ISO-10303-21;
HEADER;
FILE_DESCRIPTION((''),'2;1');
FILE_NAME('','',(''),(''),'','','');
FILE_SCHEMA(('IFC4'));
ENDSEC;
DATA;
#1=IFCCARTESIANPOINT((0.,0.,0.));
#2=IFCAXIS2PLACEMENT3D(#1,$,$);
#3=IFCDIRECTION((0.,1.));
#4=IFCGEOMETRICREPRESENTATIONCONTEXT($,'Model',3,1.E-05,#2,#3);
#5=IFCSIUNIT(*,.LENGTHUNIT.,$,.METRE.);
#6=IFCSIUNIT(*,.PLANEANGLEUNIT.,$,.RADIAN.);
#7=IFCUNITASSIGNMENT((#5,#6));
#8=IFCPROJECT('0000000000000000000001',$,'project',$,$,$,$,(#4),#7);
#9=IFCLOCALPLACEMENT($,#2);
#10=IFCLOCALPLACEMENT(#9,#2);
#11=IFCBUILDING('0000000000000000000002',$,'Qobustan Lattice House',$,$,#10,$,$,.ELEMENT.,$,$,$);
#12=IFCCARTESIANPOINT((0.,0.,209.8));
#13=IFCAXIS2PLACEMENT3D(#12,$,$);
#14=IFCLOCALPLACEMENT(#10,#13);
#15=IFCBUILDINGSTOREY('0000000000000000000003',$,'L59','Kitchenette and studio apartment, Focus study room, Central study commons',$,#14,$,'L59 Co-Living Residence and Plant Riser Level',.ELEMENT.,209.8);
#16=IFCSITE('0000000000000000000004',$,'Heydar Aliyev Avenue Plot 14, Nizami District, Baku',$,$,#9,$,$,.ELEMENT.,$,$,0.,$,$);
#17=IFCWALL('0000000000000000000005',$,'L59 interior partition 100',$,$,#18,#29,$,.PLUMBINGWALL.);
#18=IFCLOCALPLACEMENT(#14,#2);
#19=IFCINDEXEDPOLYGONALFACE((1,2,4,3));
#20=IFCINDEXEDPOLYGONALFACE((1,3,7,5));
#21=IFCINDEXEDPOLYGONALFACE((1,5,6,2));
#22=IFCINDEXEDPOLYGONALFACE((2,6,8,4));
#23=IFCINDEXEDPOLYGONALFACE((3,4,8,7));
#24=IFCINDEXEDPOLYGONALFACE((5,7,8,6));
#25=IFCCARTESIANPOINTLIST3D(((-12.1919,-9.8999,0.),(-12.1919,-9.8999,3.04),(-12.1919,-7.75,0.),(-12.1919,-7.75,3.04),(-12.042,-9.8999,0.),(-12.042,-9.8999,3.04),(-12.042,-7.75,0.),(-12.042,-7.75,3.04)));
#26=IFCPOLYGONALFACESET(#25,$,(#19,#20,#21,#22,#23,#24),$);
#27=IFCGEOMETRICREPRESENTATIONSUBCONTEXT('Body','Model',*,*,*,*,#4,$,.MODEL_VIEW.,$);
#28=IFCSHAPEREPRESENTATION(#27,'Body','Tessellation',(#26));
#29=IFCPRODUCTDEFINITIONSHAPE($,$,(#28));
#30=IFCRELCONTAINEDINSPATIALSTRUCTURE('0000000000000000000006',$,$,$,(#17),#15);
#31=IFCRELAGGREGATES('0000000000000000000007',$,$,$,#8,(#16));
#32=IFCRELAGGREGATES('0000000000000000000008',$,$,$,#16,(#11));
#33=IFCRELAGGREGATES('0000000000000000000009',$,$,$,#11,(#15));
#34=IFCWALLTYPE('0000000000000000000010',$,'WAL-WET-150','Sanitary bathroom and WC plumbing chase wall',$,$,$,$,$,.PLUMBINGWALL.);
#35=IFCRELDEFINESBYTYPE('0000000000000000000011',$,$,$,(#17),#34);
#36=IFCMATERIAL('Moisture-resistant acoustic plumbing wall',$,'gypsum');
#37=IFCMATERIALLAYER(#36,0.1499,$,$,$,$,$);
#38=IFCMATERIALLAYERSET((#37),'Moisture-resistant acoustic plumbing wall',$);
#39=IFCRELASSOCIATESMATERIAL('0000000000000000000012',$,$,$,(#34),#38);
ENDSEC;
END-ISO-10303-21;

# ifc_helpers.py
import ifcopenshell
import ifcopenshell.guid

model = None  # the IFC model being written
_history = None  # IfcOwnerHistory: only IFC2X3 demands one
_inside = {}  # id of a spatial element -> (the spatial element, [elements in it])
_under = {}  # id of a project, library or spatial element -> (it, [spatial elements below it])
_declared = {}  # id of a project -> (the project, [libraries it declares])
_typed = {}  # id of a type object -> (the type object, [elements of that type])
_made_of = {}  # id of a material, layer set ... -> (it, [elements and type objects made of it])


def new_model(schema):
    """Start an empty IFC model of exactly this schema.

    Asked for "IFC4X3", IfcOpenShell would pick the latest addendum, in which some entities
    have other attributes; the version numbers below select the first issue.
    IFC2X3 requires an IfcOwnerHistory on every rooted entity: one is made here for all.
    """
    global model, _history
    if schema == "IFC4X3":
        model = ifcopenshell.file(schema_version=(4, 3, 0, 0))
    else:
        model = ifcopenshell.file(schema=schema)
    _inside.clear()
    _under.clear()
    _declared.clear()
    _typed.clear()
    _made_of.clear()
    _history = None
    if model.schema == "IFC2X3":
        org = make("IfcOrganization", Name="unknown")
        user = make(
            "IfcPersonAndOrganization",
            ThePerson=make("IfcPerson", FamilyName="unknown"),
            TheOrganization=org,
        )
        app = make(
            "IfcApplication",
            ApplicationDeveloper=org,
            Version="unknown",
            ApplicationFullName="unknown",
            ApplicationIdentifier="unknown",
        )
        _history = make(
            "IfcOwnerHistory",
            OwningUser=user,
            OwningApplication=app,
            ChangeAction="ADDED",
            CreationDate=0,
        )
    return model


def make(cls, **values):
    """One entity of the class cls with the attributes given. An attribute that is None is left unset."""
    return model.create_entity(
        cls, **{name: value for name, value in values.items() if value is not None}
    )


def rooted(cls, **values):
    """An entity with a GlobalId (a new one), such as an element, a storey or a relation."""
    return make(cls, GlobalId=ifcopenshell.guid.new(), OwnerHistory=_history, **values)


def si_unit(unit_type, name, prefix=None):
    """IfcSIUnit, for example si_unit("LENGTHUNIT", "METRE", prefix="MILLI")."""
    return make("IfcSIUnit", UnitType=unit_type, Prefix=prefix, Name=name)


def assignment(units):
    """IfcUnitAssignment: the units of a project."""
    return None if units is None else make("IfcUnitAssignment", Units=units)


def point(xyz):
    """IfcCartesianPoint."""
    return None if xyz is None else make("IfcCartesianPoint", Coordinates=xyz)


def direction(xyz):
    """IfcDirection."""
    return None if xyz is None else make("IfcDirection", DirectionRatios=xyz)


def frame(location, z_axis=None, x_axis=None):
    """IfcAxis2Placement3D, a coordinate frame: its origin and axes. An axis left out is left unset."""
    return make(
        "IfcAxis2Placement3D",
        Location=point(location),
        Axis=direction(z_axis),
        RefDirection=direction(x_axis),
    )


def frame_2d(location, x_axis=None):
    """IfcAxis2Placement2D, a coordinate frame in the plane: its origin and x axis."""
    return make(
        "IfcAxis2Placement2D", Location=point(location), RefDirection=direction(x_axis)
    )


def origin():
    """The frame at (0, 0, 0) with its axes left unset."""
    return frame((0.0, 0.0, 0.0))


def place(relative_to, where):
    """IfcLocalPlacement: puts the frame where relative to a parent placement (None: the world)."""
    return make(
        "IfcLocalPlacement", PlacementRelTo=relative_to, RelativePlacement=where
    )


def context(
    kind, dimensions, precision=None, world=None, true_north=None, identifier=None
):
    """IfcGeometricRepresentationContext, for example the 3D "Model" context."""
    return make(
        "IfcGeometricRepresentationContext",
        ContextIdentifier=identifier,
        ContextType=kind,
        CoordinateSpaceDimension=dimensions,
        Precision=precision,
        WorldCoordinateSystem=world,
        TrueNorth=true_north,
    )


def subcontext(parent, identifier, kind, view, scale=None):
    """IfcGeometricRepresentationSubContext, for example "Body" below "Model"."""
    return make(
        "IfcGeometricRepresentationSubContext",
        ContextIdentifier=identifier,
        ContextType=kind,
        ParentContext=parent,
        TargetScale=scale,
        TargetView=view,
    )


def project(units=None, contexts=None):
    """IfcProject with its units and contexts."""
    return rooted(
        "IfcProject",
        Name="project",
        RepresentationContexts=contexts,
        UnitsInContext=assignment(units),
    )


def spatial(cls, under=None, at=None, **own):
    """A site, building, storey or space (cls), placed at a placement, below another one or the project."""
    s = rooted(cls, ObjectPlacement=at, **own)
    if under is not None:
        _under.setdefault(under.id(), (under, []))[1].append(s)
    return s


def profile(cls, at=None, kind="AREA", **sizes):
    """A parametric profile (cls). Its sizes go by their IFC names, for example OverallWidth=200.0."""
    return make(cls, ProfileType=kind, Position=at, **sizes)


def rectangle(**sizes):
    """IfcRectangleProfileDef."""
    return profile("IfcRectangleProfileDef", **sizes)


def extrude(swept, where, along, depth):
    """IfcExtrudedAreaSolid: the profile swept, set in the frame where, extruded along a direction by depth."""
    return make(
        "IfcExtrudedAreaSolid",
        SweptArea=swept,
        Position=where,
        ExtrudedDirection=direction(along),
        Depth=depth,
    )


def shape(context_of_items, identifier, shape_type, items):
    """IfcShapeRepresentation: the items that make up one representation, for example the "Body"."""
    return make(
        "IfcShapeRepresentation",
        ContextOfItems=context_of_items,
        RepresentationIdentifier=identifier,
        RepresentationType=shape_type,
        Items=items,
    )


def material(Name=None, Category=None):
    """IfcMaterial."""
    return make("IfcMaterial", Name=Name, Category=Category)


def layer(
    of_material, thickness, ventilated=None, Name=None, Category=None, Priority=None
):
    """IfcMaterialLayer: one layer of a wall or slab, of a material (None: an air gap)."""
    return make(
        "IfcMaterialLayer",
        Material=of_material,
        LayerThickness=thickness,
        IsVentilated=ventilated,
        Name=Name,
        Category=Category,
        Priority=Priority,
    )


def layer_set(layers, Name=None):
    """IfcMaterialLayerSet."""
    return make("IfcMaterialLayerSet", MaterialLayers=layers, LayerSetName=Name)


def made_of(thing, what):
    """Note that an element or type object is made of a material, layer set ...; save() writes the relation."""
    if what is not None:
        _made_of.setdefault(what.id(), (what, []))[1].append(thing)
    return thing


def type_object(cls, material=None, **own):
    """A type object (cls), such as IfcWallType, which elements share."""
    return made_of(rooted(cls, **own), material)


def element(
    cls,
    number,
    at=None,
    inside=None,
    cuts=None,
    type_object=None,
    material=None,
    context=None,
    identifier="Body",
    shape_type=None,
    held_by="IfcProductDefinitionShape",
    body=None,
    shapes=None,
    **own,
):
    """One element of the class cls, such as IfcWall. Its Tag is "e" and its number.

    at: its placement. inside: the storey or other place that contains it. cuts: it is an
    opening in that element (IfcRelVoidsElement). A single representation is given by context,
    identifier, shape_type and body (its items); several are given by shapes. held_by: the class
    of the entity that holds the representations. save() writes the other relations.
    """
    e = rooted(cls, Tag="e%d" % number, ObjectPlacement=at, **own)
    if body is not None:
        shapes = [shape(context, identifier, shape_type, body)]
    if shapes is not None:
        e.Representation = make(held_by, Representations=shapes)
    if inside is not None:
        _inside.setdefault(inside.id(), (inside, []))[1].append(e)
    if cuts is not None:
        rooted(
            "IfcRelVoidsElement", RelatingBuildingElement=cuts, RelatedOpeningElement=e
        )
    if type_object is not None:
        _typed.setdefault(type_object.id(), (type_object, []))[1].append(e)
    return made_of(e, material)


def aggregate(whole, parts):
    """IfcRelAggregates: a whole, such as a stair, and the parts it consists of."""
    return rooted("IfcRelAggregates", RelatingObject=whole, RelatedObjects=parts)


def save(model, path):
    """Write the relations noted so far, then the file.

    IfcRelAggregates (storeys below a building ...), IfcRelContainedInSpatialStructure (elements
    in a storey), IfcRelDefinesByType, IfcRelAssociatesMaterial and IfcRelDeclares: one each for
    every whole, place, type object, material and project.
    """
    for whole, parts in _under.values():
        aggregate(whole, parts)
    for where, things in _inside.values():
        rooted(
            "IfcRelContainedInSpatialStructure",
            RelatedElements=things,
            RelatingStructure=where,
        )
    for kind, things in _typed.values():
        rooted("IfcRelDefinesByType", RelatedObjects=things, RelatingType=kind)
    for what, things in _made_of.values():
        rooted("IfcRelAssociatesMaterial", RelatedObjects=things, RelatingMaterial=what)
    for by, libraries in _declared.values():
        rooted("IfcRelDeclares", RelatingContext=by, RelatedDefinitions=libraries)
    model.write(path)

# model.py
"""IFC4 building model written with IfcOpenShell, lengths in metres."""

from ifc_helpers import new_model, si_unit, direction, frame, frame_2d, origin, place, context, subcontext, project, spatial, rectangle, extrude, material, layer, layer_set, type_object, element, save


model = new_model("IFC4")

# Units and contexts
model_context = context("Model", 3, precision=1e-05, world=origin(), true_north=direction((0.0, 1.0)))
body_context = subcontext(model_context, "Body", "Model", "MODEL_VIEW")
ifc_project = project(units=[si_unit("LENGTHUNIT", "METRE"), si_unit("PLANEANGLEUNIT", "RADIAN")], contexts=[model_context])

# Site, building, storey
site_placement = place(None, origin())
site = spatial("IfcSite", under=ifc_project, at=site_placement, Name="Heydar Aliyev Avenue Plot 14, Nizami District, Baku", CompositionType="ELEMENT", RefElevation=0.0)
building_placement = place(site_placement, origin())
building = spatial("IfcBuilding", under=site, at=building_placement, Name="Qobustan Lattice House", CompositionType="ELEMENT")
storey_placement = place(building_placement, frame((0.0, 0.0, 209.8)))
storey = spatial("IfcBuildingStorey", under=building, at=storey_placement, Name="L59", Description="Kitchenette and studio apartment, Focus study room, Central study commons", LongName="L59 Co-Living Residence and Plant Riser Level", CompositionType="ELEMENT", Elevation=209.8)

# Shared definitions
ifc_material_1 = material(Name="Moisture-resistant acoustic plumbing wall", Category="gypsum")
ifc_layer_1 = layer(ifc_material_1, 0.1499)
ifc_layer_set_1 = layer_set([ifc_layer_1], Name="Moisture-resistant acoustic plumbing wall")
wall_type_1 = type_object("IfcWallType", Name="WAL-WET-150", Description="Sanitary bathroom and WC plumbing chase wall", PredefinedType="PLUMBINGWALL", material=ifc_layer_set_1)

# Wall
wall_1_placement = place(storey_placement, frame((-12.1169, -9.8999, 0.0), z_axis=(0.0, 0.0, 1.0), x_axis=(0.0, 1.0, 0.0)))
element("IfcWall", 1, at=wall_1_placement, inside=storey, type_object=wall_type_1, Name="L59 interior partition 100", PredefinedType="PLUMBINGWALL", context=body_context, shape_type="SweptSolid", body=[
    extrude(rectangle(XDim=2.1499, YDim=0.1499, at=frame_2d((1.075, 0.0))), origin(), (0.0, 0.0, 1.0), 3.04),
])

save(model, "model.ifc")
